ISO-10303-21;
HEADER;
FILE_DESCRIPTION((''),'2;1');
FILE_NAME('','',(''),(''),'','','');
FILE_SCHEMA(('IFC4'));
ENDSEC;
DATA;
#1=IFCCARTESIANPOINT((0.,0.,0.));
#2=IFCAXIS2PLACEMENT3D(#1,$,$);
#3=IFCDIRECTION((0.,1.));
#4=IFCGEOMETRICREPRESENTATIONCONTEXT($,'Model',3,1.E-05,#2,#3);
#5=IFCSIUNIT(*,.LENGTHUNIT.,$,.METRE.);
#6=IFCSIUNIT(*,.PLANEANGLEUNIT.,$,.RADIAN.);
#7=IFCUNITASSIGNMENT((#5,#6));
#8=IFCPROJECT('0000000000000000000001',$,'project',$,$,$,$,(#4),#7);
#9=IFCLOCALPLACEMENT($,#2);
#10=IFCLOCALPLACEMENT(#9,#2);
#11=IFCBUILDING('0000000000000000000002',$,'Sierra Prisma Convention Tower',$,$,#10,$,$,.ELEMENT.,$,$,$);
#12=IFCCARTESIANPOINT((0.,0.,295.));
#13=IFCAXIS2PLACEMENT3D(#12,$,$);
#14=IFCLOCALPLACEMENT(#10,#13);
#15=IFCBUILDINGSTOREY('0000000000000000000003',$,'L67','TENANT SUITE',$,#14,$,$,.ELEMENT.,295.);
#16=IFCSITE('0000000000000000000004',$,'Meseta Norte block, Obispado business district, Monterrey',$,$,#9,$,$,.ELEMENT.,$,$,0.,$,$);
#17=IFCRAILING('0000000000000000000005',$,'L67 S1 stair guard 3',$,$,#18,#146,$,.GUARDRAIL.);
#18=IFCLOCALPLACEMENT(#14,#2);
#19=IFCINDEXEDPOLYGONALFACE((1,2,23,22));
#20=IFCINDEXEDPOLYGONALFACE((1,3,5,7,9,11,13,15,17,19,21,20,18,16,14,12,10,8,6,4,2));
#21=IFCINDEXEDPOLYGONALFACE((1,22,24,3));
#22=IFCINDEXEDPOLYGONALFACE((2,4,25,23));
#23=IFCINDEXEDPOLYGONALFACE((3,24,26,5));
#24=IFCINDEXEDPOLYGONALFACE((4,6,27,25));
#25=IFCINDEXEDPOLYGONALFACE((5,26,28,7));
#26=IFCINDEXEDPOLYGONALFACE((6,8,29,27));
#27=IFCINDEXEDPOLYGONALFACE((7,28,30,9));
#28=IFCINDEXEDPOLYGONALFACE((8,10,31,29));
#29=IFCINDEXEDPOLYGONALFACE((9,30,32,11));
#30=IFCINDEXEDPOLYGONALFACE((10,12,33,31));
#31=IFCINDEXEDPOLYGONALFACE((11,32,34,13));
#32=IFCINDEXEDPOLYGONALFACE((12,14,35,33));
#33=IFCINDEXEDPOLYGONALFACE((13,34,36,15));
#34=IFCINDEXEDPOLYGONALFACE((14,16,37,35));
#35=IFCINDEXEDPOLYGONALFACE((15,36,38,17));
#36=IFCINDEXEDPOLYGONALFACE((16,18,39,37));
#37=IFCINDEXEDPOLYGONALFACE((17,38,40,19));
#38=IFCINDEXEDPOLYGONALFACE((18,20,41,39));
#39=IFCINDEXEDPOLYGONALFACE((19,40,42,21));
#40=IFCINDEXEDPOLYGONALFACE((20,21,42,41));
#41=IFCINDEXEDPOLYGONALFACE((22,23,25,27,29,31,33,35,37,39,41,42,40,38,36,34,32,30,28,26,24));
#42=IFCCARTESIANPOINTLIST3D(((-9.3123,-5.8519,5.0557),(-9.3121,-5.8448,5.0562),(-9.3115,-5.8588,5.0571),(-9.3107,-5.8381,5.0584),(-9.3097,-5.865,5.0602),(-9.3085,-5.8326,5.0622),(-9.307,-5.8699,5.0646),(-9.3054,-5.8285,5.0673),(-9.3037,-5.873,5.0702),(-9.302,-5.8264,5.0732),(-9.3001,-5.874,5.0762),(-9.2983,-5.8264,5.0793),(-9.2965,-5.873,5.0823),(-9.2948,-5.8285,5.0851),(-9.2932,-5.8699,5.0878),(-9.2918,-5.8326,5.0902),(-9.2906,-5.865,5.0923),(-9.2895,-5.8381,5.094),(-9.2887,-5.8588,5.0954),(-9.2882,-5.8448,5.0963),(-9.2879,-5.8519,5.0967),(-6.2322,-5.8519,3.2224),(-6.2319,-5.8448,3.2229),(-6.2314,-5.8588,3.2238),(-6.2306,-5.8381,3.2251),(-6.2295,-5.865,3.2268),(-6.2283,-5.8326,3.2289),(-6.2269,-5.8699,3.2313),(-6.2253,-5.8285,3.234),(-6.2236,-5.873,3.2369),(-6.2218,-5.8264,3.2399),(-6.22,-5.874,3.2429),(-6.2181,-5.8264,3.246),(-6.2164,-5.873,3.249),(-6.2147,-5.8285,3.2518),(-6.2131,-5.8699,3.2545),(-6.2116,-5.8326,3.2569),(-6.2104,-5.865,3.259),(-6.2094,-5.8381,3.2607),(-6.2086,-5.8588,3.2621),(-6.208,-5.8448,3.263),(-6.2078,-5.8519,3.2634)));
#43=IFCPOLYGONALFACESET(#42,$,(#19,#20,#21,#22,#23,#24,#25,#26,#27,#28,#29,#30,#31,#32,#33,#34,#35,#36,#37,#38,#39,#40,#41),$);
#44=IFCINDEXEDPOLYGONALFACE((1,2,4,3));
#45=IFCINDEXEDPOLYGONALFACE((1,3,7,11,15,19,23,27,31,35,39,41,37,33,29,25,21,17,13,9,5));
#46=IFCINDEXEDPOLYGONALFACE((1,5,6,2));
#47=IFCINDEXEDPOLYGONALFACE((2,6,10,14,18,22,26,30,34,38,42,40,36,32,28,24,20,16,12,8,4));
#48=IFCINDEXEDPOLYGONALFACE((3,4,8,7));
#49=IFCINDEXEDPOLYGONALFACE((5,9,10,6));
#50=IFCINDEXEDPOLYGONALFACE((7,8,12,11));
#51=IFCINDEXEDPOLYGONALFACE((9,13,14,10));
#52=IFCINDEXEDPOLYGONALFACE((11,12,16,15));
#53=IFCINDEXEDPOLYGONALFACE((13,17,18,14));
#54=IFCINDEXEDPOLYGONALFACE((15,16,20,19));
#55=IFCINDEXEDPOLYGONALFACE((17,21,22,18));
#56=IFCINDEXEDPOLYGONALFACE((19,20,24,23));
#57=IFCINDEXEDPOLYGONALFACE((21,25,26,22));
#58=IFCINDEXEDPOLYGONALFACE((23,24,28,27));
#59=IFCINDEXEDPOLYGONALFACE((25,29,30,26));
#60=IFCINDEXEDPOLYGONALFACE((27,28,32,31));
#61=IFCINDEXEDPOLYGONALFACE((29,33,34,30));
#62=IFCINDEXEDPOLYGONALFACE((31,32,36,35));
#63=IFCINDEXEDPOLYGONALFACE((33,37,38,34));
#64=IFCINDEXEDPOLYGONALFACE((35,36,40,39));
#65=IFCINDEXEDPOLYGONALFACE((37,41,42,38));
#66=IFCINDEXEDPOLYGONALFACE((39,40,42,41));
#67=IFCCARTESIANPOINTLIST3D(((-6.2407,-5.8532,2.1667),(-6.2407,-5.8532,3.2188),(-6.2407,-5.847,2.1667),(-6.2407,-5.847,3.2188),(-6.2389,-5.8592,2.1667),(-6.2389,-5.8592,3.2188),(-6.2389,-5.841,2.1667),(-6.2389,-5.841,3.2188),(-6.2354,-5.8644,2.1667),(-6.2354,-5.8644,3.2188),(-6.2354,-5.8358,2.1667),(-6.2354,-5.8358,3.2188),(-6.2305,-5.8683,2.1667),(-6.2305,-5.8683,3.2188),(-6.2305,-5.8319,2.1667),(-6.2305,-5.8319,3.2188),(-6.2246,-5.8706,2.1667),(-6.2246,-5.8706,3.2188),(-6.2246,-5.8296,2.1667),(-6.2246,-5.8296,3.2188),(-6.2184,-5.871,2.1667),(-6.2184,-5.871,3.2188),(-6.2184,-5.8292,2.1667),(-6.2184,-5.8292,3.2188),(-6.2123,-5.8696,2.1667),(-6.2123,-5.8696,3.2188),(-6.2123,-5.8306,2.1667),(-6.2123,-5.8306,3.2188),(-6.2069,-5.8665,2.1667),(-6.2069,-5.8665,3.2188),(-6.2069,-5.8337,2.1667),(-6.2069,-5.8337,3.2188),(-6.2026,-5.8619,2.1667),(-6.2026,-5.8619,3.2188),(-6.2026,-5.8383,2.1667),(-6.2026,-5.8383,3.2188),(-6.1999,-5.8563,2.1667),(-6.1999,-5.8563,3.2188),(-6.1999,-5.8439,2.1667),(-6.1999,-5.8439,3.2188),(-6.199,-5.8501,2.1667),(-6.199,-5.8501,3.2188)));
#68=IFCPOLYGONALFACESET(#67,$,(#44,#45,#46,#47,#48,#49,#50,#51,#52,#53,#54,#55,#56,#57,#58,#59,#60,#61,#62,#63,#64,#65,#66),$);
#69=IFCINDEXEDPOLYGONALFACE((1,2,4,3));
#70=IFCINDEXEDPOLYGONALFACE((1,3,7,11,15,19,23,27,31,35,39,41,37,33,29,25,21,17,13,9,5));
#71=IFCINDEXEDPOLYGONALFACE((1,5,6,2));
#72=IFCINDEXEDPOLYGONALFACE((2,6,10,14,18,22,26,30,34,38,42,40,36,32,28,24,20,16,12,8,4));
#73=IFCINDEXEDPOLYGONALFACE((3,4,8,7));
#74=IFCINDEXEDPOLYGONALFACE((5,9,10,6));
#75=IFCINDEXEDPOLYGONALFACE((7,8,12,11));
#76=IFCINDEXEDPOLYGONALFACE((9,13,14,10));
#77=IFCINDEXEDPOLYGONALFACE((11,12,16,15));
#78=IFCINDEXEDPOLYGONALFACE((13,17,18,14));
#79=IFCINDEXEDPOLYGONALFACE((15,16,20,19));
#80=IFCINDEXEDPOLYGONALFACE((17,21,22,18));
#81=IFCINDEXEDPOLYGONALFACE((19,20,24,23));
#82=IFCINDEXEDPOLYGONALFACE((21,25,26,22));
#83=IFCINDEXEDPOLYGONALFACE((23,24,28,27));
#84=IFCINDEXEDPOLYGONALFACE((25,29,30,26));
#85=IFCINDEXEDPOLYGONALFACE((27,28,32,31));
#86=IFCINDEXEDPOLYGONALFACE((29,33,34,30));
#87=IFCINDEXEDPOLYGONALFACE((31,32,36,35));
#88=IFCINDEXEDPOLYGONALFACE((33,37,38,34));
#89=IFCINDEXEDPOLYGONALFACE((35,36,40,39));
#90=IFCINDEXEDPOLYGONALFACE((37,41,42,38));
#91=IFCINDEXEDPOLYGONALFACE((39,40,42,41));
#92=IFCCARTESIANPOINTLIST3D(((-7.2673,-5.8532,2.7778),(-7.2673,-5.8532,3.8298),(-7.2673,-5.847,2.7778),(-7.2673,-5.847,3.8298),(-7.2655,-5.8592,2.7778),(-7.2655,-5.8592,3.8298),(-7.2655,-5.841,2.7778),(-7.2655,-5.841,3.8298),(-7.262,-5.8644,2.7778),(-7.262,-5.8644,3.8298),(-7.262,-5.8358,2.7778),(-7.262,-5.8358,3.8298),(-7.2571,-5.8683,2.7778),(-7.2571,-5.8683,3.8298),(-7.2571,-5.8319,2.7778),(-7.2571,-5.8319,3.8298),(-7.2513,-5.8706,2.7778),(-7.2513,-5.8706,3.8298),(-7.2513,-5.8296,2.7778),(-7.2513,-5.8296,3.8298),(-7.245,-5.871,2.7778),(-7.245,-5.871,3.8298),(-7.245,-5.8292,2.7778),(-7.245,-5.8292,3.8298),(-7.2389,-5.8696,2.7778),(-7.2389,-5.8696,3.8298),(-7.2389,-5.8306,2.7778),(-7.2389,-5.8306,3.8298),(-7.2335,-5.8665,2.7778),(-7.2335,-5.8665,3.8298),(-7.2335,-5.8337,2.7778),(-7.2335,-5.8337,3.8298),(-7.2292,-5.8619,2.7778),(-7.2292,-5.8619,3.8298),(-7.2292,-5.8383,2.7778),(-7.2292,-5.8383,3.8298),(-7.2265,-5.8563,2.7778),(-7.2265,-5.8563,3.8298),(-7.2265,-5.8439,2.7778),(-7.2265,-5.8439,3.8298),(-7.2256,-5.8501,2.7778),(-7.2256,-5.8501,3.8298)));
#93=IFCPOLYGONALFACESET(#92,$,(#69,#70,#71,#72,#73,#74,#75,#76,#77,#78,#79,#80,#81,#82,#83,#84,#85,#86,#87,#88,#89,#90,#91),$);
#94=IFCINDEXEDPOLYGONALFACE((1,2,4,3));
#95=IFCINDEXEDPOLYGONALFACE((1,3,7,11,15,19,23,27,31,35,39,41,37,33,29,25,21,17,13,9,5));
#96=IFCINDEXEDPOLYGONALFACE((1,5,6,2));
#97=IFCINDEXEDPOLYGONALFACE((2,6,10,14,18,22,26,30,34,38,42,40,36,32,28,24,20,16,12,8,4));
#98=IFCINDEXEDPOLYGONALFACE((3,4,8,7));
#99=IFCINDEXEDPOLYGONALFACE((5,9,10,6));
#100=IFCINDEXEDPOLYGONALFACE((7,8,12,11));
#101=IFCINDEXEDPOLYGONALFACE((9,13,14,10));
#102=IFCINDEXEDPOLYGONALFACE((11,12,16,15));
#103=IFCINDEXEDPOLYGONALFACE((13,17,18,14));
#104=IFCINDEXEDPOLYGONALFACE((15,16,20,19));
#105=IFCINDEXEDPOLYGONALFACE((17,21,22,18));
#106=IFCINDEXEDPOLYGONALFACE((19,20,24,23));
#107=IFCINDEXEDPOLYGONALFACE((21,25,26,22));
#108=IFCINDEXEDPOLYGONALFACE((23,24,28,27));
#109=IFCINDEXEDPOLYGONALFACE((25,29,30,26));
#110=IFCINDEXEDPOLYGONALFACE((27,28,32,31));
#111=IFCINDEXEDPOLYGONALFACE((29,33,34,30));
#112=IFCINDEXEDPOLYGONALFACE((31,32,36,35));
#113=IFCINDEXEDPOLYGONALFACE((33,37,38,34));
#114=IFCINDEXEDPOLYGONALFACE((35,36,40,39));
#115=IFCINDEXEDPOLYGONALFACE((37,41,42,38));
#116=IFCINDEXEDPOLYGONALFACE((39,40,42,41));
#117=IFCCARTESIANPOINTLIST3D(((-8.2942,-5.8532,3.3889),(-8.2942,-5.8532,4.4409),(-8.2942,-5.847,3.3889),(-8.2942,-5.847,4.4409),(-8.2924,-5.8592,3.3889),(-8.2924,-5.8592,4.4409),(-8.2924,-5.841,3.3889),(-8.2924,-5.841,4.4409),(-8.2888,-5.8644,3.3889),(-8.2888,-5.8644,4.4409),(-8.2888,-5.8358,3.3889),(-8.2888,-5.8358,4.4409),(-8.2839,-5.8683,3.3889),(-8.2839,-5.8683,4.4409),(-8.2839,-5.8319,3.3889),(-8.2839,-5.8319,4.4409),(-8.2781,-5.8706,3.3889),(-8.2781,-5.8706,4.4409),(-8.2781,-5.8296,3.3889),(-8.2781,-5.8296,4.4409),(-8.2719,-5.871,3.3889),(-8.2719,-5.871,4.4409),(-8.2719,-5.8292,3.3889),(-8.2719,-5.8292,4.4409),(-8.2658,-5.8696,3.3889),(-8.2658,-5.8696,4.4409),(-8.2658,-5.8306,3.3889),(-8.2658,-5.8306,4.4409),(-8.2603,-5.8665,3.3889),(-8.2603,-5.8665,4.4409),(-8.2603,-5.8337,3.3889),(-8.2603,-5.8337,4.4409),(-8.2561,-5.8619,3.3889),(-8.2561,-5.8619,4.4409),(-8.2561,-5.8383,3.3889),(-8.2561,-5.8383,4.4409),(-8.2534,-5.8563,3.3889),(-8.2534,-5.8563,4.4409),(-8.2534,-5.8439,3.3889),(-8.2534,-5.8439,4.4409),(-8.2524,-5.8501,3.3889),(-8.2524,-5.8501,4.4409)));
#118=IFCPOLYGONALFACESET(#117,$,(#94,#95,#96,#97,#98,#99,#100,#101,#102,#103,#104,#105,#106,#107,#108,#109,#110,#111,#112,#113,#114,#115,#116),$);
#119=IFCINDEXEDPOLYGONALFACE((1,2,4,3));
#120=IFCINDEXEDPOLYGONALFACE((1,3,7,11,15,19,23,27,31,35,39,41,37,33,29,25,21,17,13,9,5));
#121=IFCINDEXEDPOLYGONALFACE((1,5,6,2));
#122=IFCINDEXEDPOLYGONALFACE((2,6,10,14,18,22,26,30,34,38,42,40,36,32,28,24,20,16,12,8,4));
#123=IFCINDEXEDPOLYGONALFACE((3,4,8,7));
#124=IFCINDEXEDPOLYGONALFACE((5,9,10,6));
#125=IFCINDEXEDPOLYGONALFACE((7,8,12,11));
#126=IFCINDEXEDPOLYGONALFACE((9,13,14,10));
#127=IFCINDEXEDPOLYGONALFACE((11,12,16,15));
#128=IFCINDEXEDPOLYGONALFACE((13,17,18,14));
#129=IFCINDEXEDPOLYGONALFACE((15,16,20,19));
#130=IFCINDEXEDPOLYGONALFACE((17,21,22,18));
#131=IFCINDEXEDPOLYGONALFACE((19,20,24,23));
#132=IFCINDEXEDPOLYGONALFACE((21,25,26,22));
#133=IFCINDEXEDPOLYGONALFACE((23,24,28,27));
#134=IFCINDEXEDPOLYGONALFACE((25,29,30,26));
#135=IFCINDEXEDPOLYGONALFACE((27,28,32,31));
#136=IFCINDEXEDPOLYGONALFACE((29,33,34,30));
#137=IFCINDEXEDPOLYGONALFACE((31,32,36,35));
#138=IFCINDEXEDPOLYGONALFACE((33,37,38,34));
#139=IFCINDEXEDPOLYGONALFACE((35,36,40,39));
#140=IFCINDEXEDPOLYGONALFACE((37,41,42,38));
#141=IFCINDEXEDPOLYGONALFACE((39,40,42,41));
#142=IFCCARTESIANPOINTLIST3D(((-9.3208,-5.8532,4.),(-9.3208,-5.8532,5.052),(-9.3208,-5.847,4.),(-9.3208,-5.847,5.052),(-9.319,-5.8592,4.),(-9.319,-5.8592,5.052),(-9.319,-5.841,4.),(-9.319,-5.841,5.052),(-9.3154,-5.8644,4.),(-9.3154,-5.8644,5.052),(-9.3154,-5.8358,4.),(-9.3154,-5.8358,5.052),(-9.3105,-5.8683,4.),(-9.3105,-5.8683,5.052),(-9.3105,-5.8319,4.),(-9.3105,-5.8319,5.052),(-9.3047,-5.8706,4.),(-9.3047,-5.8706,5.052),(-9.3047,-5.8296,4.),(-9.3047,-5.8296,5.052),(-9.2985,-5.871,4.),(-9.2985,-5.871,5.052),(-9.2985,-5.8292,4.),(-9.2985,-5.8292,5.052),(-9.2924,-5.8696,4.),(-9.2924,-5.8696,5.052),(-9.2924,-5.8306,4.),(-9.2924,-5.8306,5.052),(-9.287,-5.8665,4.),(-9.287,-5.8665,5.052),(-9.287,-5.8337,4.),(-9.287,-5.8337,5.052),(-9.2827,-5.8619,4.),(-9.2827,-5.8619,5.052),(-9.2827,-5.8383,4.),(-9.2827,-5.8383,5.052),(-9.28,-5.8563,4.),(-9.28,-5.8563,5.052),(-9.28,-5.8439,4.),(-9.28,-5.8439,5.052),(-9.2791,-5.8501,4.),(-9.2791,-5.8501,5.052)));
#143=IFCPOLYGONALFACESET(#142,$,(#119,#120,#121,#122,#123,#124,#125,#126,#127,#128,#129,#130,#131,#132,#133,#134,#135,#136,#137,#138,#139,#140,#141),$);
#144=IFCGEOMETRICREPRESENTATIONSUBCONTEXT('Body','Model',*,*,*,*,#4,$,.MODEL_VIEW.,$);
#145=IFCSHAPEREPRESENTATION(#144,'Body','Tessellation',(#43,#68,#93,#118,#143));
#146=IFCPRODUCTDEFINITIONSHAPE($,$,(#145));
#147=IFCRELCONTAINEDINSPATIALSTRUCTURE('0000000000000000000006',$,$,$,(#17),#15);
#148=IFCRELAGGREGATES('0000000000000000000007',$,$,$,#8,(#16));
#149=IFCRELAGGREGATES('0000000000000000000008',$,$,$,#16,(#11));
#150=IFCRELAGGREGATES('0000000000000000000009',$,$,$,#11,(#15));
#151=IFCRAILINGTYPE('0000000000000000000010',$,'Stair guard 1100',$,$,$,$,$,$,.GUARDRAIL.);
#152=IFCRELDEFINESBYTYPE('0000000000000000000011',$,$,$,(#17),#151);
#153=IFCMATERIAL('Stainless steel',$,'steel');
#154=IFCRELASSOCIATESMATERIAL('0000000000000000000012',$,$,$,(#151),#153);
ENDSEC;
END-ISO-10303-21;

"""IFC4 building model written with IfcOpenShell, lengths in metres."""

from ifc_helpers import new_model, si_unit, direction, frame, origin, origin_2d, place, context, subcontext, project, spatial, circle, extrude, material, type_object, element, save


model = new_model("IFC4")

# Units and contexts
model_context = context("Model", 3, precision=1e-05, world=origin(), true_north=direction((0.0, 1.0)))
body_context = subcontext(model_context, "Body", "Model", "MODEL_VIEW")
ifc_project = project(units=[si_unit("LENGTHUNIT", "METRE"), si_unit("PLANEANGLEUNIT", "RADIAN")], contexts=[model_context])

# Site, building, storey
site_placement = place(None, origin())
site = spatial("IfcSite", under=ifc_project, at=site_placement, Name="Meseta Norte block, Obispado business district, Monterrey", CompositionType="ELEMENT", RefElevation=0.0)
building_placement = place(site_placement, origin())
building = spatial("IfcBuilding", under=site, at=building_placement, Name="Sierra Prisma Convention Tower", CompositionType="ELEMENT")
storey_placement = place(building_placement, frame((0.0, 0.0, 295.0)))
storey = spatial("IfcBuildingStorey", under=building, at=storey_placement, Name="L67", Description="TENANT SUITE", CompositionType="ELEMENT", Elevation=295.0)

# Railing
ifc_material_1 = material(Name="Stainless steel", Category="steel")
railing_type_1 = type_object("IfcRailingType", Name="Stair guard 1100", PredefinedType="GUARDRAIL", material=ifc_material_1)
railing_1_placement = place(storey_placement, frame((-6.22, -5.8501, 2.1667)))
element("IfcRailing", 1, at=railing_1_placement, inside=storey, type_object=railing_type_1, Name="L67 S1 stair guard 3", PredefinedType="GUARDRAIL", context=body_context, shape_type="SweptSolid", body=[
    extrude(circle(Radius=0.0239, at=origin_2d()), frame((0.0, 0.0, 1.0762), z_axis=(-0.859309, 0.0, 0.511458), x_axis=(0.0, -1.0, 0.0)), (0.0, 0.0, 1.0), 3.5845),
    extrude(circle(Radius=0.021, at=origin_2d()), origin(), (0.0, 0.0, 1.0), 1.052),
    extrude(circle(Radius=0.021, at=origin_2d()), frame((-1.0266, 0.0, 0.6111)), (0.0, 0.0, 1.0), 1.052),
    extrude(circle(Radius=0.021, at=origin_2d()), frame((-2.0535, 0.0, 1.2222)), (0.0, 0.0, 1.0), 1.052),
    extrude(circle(Radius=0.021, at=origin_2d()), frame((-3.0801, 0.0, 1.8333)), (0.0, 0.0, 1.0), 1.052),
])

save(model, "model.ifc")
